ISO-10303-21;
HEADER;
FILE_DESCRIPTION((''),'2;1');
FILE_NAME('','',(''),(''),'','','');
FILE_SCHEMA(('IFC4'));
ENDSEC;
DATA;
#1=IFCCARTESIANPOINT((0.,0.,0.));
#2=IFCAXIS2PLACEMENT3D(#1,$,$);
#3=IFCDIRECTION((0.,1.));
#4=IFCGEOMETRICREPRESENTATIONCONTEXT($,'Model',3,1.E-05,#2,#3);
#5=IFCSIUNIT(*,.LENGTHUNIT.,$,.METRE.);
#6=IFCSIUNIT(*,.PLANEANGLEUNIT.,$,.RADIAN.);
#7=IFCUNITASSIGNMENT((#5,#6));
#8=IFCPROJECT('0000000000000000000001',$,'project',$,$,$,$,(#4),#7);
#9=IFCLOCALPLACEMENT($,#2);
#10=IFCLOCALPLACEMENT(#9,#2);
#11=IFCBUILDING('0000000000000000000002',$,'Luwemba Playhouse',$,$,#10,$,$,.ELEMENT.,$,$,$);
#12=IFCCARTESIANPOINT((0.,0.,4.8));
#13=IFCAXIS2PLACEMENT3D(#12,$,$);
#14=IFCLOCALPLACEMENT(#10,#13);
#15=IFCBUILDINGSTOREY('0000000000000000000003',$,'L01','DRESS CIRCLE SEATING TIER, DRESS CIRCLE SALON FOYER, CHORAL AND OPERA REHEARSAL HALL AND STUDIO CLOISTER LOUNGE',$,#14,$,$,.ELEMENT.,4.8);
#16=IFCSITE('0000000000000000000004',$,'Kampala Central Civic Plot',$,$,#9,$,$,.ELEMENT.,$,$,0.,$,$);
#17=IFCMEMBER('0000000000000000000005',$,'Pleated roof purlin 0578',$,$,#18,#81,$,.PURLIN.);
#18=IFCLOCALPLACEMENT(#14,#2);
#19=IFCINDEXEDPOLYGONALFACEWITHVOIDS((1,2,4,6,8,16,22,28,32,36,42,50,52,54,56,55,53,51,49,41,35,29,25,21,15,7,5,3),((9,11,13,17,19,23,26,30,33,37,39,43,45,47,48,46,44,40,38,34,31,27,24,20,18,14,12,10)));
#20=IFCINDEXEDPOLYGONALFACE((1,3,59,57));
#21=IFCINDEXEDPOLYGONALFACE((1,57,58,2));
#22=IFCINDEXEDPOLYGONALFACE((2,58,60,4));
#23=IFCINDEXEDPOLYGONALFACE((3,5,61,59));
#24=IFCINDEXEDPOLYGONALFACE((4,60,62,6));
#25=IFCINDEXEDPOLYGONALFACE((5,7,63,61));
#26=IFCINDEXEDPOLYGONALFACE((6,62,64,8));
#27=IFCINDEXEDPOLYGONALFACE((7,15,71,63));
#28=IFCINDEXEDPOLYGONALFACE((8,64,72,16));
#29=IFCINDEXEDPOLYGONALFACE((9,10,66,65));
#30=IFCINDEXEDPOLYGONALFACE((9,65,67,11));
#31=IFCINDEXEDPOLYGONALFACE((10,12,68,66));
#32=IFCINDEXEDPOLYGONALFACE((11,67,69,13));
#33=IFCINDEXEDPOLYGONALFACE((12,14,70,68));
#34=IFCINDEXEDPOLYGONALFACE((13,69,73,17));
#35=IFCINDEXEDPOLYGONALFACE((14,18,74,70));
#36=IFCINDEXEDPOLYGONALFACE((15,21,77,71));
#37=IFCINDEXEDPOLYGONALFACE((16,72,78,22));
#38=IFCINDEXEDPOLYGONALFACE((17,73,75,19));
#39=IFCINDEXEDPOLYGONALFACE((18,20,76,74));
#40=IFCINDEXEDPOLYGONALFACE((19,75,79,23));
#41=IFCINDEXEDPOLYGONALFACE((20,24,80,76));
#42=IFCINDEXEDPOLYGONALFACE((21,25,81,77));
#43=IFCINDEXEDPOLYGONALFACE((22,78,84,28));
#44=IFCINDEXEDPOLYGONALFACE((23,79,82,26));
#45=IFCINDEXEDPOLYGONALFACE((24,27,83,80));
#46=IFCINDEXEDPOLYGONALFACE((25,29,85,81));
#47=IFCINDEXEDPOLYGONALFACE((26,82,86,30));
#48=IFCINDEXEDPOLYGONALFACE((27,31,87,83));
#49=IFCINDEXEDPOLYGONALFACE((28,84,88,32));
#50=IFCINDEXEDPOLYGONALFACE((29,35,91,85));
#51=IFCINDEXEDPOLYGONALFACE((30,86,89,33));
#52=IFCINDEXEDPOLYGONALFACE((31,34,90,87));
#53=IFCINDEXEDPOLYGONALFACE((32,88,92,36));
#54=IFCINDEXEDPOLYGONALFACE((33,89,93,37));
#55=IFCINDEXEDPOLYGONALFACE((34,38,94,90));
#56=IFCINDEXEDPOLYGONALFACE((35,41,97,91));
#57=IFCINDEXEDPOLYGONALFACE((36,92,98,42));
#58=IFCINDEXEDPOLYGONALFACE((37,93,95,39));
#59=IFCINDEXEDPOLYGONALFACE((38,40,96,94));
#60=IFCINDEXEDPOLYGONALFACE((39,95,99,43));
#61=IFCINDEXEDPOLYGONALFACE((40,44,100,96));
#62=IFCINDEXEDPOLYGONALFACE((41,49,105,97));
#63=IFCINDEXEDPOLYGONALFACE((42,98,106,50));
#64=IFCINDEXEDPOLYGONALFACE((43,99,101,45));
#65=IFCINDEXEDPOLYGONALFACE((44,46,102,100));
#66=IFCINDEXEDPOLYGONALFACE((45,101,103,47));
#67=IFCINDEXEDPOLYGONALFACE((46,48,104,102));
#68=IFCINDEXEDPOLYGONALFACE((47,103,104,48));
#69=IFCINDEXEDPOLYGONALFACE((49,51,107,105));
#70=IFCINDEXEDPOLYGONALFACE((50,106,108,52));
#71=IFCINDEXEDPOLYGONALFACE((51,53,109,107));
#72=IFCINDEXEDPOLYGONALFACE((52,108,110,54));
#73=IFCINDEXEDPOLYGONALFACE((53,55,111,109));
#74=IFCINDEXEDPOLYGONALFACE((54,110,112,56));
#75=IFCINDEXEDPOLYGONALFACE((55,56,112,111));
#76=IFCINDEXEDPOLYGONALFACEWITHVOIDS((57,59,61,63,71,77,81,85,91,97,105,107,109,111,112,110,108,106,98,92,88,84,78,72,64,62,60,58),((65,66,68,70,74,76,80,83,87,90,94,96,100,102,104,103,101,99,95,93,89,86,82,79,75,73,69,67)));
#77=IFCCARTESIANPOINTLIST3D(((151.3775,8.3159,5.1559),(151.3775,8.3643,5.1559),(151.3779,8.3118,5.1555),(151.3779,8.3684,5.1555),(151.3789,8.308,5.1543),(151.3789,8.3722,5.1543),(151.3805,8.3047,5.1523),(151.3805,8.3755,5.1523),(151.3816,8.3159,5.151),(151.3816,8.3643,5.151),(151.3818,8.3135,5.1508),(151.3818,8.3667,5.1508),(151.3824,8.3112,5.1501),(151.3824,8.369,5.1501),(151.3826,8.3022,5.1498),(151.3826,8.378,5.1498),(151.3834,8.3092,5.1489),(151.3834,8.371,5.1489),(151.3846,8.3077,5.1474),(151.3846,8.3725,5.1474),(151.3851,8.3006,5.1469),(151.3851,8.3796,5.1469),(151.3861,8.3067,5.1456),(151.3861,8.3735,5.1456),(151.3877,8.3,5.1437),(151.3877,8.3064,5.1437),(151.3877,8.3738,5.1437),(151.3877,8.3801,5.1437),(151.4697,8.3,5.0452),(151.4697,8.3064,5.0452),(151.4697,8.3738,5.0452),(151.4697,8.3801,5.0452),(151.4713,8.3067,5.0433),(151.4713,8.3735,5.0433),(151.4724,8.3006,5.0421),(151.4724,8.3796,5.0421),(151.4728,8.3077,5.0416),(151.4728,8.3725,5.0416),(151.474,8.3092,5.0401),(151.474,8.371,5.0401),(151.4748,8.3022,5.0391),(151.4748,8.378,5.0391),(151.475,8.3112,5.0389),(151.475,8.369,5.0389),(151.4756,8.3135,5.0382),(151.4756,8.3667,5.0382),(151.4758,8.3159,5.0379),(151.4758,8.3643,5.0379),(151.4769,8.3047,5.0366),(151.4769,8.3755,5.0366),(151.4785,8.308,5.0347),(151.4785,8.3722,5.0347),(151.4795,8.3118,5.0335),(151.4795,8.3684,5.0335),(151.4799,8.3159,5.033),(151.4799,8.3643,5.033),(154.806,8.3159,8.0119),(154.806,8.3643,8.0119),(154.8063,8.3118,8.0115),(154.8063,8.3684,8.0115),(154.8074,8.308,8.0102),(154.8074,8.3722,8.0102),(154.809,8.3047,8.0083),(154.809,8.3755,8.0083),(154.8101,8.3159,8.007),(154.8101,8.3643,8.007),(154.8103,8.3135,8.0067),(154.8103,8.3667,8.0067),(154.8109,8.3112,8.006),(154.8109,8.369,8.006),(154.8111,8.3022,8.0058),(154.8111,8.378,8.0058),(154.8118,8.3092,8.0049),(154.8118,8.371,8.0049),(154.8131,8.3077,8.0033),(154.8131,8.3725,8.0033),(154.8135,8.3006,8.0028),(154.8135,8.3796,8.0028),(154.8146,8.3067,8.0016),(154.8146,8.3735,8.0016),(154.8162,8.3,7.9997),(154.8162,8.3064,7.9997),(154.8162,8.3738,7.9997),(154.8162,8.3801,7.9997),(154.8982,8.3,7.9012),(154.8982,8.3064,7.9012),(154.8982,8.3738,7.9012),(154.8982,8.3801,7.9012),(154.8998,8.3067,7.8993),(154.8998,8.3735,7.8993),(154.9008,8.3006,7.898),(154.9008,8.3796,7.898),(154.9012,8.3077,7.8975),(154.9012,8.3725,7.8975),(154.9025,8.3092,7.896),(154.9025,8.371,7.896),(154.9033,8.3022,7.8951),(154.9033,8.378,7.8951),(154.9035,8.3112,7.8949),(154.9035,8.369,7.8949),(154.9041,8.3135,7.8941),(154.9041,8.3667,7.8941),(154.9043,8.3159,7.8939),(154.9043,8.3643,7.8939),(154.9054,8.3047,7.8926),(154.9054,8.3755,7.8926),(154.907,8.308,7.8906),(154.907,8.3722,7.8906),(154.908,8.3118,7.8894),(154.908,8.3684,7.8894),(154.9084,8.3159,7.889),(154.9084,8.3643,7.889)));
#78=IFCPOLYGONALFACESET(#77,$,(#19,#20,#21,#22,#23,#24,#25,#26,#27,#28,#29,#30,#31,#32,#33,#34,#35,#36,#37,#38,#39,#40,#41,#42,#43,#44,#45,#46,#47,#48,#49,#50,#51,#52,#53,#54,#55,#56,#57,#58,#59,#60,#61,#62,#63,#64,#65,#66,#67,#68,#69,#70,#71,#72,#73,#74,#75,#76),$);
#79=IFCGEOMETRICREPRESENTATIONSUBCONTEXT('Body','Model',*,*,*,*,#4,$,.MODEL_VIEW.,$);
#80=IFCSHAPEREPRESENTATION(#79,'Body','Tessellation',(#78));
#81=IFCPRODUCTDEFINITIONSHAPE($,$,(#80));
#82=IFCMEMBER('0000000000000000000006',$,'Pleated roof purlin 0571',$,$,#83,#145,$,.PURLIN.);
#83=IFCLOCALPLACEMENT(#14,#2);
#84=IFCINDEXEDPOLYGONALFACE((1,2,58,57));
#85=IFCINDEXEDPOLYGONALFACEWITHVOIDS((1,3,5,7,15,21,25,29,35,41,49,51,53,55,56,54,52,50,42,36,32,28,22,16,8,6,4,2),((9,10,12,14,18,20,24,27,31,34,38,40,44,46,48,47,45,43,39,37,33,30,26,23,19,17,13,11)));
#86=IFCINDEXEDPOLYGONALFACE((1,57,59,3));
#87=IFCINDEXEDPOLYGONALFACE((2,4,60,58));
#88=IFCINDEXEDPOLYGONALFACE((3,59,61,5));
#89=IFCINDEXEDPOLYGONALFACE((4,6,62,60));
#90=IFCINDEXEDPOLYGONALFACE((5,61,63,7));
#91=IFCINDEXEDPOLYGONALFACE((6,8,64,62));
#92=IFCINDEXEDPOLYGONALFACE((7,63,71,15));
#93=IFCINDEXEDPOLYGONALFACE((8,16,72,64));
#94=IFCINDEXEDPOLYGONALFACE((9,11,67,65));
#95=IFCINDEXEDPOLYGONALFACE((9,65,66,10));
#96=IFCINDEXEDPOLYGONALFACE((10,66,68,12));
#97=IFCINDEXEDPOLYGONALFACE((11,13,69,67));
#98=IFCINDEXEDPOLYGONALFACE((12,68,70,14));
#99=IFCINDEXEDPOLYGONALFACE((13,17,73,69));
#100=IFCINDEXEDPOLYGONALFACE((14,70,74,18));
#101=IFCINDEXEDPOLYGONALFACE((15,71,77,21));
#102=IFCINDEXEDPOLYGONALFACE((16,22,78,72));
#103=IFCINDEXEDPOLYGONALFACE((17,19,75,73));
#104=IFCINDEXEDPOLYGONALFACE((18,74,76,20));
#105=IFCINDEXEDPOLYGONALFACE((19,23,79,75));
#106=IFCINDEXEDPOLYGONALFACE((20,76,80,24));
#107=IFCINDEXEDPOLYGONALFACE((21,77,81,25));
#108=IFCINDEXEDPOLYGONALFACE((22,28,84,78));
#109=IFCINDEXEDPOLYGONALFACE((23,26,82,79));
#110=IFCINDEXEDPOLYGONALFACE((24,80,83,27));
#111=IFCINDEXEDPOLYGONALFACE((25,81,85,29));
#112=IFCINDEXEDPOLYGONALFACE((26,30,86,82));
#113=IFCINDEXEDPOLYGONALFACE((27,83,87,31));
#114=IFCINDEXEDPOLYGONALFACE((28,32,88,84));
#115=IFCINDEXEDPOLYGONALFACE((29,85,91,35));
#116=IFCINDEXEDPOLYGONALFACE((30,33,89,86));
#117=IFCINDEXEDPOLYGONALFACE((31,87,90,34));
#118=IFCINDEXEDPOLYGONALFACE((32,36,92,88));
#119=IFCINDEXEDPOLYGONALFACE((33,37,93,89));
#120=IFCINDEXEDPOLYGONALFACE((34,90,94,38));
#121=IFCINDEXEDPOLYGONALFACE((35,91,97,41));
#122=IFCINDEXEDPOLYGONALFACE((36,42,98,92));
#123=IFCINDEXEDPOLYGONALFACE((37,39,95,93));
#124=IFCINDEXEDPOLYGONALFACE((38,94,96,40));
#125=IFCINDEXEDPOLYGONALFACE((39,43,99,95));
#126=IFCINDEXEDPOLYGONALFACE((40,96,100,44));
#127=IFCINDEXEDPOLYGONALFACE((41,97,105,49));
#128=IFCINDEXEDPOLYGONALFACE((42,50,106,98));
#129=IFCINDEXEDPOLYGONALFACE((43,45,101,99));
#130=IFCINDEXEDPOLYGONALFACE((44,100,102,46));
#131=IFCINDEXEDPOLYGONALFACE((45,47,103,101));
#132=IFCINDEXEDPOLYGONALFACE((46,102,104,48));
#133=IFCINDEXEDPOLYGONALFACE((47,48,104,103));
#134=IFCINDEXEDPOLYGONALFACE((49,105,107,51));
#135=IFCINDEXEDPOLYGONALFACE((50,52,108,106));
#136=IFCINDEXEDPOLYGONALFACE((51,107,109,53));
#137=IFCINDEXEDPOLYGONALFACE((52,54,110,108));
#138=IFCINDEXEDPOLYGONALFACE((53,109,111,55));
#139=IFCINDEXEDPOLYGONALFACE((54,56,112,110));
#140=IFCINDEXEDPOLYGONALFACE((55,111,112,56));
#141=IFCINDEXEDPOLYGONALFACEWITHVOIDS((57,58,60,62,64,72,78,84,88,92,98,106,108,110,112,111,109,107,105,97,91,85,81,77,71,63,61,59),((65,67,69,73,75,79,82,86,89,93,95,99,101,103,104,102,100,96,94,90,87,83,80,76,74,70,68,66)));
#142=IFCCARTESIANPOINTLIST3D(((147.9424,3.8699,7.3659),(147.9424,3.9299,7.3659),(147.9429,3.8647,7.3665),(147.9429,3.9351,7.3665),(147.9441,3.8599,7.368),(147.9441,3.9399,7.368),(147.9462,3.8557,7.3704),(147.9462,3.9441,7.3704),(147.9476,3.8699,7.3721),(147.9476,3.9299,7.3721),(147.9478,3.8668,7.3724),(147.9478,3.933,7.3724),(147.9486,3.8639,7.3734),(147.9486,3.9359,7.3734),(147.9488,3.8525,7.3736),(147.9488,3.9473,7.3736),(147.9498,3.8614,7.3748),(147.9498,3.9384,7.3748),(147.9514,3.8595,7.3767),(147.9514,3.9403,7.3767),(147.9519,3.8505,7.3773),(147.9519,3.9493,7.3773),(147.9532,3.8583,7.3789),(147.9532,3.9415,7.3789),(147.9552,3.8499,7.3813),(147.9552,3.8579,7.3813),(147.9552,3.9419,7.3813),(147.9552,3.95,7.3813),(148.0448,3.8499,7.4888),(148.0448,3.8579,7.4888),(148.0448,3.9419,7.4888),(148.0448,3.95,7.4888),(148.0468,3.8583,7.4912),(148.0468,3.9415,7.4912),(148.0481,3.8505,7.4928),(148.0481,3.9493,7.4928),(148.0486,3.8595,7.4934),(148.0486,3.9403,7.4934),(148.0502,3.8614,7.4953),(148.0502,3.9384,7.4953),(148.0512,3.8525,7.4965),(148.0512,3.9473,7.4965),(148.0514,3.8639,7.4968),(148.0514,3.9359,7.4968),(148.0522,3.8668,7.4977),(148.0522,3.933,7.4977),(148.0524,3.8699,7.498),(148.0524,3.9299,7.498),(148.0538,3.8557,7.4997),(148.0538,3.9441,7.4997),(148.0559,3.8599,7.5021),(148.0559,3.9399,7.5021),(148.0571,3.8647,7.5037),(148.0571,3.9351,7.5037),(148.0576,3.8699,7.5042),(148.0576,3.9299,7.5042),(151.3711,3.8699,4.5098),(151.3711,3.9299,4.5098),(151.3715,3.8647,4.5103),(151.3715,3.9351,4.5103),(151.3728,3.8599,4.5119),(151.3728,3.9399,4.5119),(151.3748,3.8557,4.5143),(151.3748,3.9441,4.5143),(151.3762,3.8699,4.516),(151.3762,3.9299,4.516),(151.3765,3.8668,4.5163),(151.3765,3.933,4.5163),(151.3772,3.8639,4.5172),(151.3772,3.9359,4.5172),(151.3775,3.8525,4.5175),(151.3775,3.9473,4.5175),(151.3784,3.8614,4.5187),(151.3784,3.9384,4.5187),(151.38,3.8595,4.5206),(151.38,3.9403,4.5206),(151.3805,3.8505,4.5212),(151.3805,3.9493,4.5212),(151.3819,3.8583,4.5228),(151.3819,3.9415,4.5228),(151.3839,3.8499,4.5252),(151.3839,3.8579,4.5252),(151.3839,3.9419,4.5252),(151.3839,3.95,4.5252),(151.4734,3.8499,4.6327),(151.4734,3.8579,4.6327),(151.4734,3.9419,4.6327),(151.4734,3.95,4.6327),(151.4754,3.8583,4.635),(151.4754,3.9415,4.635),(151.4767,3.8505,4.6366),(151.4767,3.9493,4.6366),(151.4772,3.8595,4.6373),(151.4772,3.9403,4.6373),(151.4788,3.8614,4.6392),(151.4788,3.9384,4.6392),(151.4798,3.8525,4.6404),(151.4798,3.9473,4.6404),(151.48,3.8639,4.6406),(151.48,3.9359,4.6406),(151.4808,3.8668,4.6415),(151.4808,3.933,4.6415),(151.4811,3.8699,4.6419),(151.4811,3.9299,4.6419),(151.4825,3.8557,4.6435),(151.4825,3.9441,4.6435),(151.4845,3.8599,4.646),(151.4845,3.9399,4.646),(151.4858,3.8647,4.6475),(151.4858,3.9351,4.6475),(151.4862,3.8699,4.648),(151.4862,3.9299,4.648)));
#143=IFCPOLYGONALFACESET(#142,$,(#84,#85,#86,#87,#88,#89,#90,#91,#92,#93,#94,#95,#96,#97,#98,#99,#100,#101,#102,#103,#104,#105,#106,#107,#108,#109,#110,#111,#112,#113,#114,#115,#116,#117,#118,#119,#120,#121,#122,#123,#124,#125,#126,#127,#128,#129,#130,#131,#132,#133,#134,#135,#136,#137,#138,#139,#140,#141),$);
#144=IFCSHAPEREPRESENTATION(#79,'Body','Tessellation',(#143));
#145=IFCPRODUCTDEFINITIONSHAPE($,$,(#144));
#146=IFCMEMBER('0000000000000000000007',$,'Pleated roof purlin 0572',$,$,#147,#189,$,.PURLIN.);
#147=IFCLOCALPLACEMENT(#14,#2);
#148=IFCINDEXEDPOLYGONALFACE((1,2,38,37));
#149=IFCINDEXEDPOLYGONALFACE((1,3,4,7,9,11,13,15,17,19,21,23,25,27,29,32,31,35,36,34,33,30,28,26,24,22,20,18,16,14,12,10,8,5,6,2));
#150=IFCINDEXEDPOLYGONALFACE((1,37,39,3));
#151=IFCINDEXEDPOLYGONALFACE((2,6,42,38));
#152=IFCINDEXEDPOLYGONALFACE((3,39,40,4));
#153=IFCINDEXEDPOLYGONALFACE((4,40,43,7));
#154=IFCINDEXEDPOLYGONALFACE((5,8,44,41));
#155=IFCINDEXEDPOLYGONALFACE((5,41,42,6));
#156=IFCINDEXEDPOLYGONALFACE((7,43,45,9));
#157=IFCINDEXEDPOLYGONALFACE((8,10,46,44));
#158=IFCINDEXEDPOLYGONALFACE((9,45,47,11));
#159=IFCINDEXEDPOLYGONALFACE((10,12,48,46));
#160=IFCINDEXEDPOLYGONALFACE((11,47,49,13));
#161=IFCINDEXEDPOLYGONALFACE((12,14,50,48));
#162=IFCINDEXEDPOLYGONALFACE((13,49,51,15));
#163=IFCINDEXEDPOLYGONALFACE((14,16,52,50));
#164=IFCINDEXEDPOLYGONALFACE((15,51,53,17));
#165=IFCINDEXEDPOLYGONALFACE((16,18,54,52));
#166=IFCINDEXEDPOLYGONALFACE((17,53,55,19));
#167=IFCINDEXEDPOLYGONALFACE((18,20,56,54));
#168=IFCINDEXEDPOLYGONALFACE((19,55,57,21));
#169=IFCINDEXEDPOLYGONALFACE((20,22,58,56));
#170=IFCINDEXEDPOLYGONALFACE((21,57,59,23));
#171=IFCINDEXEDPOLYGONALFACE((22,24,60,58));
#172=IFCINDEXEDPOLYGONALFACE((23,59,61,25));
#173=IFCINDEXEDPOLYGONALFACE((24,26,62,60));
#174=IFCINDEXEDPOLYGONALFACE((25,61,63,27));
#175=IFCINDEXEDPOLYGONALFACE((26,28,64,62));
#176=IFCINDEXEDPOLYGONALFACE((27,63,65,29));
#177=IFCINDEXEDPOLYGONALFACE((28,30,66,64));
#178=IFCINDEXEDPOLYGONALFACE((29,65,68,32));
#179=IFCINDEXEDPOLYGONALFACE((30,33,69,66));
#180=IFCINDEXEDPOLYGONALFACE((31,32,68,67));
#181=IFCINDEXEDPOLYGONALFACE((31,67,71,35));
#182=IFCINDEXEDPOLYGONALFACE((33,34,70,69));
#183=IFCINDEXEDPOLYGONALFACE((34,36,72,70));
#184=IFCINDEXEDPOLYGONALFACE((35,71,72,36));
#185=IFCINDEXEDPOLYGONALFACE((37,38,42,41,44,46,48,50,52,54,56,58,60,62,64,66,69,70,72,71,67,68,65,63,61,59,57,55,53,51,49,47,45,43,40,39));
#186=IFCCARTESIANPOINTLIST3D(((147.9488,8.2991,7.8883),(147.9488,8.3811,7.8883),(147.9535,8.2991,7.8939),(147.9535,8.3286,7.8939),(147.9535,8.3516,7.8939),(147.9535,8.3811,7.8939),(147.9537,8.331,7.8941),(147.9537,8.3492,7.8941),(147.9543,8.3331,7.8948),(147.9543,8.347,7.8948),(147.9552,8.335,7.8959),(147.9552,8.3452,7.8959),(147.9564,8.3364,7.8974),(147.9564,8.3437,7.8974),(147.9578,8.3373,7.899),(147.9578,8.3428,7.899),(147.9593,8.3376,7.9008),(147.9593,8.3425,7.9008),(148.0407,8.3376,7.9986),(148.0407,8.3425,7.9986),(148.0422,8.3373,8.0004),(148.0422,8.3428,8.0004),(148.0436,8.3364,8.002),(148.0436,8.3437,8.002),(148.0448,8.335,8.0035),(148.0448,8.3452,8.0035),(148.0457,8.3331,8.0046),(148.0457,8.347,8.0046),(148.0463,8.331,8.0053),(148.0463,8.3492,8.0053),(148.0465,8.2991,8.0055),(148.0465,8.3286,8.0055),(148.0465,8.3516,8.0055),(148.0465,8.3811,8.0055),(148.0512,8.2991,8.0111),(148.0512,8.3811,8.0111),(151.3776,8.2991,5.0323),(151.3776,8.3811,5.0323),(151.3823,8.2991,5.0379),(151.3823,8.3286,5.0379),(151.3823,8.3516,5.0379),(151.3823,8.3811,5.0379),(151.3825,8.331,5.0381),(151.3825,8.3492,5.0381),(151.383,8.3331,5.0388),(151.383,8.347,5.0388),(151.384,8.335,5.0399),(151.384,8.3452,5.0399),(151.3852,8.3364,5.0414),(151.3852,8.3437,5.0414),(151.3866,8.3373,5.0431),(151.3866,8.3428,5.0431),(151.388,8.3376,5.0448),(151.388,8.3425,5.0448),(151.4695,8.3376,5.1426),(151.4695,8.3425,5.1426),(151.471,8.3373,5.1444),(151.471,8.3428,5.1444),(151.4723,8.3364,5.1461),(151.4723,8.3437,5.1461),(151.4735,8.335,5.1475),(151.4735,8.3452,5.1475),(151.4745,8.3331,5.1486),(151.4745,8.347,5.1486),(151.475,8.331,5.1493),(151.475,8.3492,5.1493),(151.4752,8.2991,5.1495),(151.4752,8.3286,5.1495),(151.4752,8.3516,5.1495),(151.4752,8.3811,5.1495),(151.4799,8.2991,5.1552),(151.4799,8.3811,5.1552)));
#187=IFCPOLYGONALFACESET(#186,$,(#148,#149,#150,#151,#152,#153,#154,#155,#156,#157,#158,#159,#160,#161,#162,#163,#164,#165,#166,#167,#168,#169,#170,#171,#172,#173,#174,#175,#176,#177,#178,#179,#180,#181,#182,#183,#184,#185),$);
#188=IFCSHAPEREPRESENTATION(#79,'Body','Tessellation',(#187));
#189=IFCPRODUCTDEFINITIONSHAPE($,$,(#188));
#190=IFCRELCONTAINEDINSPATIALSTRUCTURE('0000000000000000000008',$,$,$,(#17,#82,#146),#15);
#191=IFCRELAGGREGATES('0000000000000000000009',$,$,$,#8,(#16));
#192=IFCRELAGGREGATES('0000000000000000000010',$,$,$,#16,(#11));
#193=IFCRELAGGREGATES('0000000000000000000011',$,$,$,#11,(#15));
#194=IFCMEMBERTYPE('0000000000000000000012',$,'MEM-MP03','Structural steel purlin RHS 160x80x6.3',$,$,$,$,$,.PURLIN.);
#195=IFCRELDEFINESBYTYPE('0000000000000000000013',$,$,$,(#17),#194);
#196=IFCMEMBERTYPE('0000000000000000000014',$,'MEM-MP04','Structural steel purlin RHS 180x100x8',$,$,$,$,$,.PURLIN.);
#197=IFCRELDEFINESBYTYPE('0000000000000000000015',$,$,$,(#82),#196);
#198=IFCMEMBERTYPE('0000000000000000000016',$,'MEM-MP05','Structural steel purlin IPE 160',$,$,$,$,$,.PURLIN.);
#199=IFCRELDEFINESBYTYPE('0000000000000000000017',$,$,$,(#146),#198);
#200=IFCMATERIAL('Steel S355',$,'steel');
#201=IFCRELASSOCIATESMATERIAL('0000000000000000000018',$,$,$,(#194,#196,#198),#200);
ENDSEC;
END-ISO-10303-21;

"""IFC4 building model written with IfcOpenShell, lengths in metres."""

from ifc_helpers import new_model, si_unit, direction, frame, origin, origin_2d, place, context, subcontext, project, spatial, hollow_rectangle, i_section, extrude, material, material_profile, profile_set, type_object, element, save


model = new_model("IFC4")

# Units and contexts
model_context = context("Model", 3, precision=1e-05, world=origin(), true_north=direction((0.0, 1.0)))
body_context = subcontext(model_context, "Body", "Model", "MODEL_VIEW")
ifc_project = project(units=[si_unit("LENGTHUNIT", "METRE"), si_unit("PLANEANGLEUNIT", "RADIAN")], contexts=[model_context])

# Site, building, storey
site_placement = place(None, origin())
site = spatial("IfcSite", under=ifc_project, at=site_placement, Name="Kampala Central Civic Plot", CompositionType="ELEMENT", RefElevation=0.0)
building_placement = place(site_placement, origin())
building = spatial("IfcBuilding", under=site, at=building_placement, Name="Luwemba Playhouse", CompositionType="ELEMENT")
storey_placement = place(building_placement, frame((0.0, 0.0, 4.8)))
storey = spatial("IfcBuildingStorey", under=building, at=storey_placement, Name="L01", Description="DRESS CIRCLE SEATING TIER, DRESS CIRCLE SALON FOYER, CHORAL AND OPERA REHEARSAL HALL AND STUDIO CLOISTER LOUNGE", CompositionType="ELEMENT", Elevation=4.8)

# Shared definitions
ifc_material_1 = material(Name="Steel S355", Category="steel")

# Members
ifc_material_profile_1 = material_profile(ifc_material_1, hollow_rectangle(XDim=0.0801, YDim=0.1599, WallThickness=0.0063, InnerFilletRadius=0.0095, OuterFilletRadius=0.0159, at=origin_2d()))
ifc_profile_set_1 = profile_set([ifc_material_profile_1], Name="Steel S355")
member_type_1 = type_object("IfcMemberType", Name="MEM-MP03", Description="Structural steel purlin RHS 160x80x6.3", PredefinedType="PURLIN", material=ifc_profile_set_1)
member_1_placement = place(storey_placement, frame((151.4287, 8.3401, 5.0945), z_axis=(0.768342, 0.0, 0.640039), x_axis=(0.0, 1.0, 0.0)))
element("IfcMember", 1, at=member_1_placement, inside=storey, type_object=member_type_1, Name="Pleated roof purlin 0578", PredefinedType="PURLIN", context=body_context, shape_type="SweptSolid", body=[
    extrude(hollow_rectangle(XDim=0.0801, YDim=0.1599, WallThickness=0.0063, InnerFilletRadius=0.0095, OuterFilletRadius=0.0159, at=origin_2d()), origin(), (0.0, 0.0, 1.0), 4.4622),
])
ifc_material_profile_2 = material_profile(ifc_material_1, hollow_rectangle(XDim=0.1001, YDim=0.1799, WallThickness=0.0081, InnerFilletRadius=0.012, OuterFilletRadius=0.02, at=origin_2d()))
ifc_profile_set_2 = profile_set([ifc_material_profile_2], Name="Steel S355")
member_type_2 = type_object("IfcMemberType", Name="MEM-MP04", Description="Structural steel purlin RHS 180x100x8", PredefinedType="PURLIN", material=ifc_profile_set_2)
member_2_placement = place(storey_placement, frame((148.0, 3.8999, 7.4351), z_axis=(0.768338, 0.0, -0.640044), x_axis=(0.0, 1.0, 0.0)))
element("IfcMember", 2, at=member_2_placement, inside=storey, type_object=member_type_2, Name="Pleated roof purlin 0571", PredefinedType="PURLIN", context=body_context, shape_type="SweptSolid", body=[
    extrude(hollow_rectangle(XDim=0.1001, YDim=0.1799, WallThickness=0.0081, InnerFilletRadius=0.012, OuterFilletRadius=0.02, at=origin_2d()), origin(), (0.0, 0.0, 1.0), 4.4624),
])
ifc_material_profile_3 = material_profile(ifc_material_1, i_section(OverallWidth=0.082, OverallDepth=0.1599, WebThickness=0.0049, FlangeThickness=0.0073, FilletRadius=0.009, at=origin_2d()))
ifc_profile_set_3 = profile_set([ifc_material_profile_3], Name="Steel S355")
member_type_3 = type_object("IfcMemberType", Name="MEM-MP05", Description="Structural steel purlin IPE 160", PredefinedType="PURLIN", material=ifc_profile_set_3)
member_3_placement = place(storey_placement, frame((148.0, 8.3401, 7.9497), z_axis=(0.768365, 0.0, -0.640012), x_axis=(0.0, 1.0, 0.0)))
element("IfcMember", 3, at=member_3_placement, inside=storey, type_object=member_type_3, Name="Pleated roof purlin 0572", PredefinedType="PURLIN", context=body_context, shape_type="SweptSolid", body=[
    extrude(i_section(OverallWidth=0.082, OverallDepth=0.1599, WebThickness=0.0049, FlangeThickness=0.0073, FilletRadius=0.009, at=origin_2d()), origin(), (0.0, 0.0, 1.0), 4.4624),
])

save(model, "model.ifc")
